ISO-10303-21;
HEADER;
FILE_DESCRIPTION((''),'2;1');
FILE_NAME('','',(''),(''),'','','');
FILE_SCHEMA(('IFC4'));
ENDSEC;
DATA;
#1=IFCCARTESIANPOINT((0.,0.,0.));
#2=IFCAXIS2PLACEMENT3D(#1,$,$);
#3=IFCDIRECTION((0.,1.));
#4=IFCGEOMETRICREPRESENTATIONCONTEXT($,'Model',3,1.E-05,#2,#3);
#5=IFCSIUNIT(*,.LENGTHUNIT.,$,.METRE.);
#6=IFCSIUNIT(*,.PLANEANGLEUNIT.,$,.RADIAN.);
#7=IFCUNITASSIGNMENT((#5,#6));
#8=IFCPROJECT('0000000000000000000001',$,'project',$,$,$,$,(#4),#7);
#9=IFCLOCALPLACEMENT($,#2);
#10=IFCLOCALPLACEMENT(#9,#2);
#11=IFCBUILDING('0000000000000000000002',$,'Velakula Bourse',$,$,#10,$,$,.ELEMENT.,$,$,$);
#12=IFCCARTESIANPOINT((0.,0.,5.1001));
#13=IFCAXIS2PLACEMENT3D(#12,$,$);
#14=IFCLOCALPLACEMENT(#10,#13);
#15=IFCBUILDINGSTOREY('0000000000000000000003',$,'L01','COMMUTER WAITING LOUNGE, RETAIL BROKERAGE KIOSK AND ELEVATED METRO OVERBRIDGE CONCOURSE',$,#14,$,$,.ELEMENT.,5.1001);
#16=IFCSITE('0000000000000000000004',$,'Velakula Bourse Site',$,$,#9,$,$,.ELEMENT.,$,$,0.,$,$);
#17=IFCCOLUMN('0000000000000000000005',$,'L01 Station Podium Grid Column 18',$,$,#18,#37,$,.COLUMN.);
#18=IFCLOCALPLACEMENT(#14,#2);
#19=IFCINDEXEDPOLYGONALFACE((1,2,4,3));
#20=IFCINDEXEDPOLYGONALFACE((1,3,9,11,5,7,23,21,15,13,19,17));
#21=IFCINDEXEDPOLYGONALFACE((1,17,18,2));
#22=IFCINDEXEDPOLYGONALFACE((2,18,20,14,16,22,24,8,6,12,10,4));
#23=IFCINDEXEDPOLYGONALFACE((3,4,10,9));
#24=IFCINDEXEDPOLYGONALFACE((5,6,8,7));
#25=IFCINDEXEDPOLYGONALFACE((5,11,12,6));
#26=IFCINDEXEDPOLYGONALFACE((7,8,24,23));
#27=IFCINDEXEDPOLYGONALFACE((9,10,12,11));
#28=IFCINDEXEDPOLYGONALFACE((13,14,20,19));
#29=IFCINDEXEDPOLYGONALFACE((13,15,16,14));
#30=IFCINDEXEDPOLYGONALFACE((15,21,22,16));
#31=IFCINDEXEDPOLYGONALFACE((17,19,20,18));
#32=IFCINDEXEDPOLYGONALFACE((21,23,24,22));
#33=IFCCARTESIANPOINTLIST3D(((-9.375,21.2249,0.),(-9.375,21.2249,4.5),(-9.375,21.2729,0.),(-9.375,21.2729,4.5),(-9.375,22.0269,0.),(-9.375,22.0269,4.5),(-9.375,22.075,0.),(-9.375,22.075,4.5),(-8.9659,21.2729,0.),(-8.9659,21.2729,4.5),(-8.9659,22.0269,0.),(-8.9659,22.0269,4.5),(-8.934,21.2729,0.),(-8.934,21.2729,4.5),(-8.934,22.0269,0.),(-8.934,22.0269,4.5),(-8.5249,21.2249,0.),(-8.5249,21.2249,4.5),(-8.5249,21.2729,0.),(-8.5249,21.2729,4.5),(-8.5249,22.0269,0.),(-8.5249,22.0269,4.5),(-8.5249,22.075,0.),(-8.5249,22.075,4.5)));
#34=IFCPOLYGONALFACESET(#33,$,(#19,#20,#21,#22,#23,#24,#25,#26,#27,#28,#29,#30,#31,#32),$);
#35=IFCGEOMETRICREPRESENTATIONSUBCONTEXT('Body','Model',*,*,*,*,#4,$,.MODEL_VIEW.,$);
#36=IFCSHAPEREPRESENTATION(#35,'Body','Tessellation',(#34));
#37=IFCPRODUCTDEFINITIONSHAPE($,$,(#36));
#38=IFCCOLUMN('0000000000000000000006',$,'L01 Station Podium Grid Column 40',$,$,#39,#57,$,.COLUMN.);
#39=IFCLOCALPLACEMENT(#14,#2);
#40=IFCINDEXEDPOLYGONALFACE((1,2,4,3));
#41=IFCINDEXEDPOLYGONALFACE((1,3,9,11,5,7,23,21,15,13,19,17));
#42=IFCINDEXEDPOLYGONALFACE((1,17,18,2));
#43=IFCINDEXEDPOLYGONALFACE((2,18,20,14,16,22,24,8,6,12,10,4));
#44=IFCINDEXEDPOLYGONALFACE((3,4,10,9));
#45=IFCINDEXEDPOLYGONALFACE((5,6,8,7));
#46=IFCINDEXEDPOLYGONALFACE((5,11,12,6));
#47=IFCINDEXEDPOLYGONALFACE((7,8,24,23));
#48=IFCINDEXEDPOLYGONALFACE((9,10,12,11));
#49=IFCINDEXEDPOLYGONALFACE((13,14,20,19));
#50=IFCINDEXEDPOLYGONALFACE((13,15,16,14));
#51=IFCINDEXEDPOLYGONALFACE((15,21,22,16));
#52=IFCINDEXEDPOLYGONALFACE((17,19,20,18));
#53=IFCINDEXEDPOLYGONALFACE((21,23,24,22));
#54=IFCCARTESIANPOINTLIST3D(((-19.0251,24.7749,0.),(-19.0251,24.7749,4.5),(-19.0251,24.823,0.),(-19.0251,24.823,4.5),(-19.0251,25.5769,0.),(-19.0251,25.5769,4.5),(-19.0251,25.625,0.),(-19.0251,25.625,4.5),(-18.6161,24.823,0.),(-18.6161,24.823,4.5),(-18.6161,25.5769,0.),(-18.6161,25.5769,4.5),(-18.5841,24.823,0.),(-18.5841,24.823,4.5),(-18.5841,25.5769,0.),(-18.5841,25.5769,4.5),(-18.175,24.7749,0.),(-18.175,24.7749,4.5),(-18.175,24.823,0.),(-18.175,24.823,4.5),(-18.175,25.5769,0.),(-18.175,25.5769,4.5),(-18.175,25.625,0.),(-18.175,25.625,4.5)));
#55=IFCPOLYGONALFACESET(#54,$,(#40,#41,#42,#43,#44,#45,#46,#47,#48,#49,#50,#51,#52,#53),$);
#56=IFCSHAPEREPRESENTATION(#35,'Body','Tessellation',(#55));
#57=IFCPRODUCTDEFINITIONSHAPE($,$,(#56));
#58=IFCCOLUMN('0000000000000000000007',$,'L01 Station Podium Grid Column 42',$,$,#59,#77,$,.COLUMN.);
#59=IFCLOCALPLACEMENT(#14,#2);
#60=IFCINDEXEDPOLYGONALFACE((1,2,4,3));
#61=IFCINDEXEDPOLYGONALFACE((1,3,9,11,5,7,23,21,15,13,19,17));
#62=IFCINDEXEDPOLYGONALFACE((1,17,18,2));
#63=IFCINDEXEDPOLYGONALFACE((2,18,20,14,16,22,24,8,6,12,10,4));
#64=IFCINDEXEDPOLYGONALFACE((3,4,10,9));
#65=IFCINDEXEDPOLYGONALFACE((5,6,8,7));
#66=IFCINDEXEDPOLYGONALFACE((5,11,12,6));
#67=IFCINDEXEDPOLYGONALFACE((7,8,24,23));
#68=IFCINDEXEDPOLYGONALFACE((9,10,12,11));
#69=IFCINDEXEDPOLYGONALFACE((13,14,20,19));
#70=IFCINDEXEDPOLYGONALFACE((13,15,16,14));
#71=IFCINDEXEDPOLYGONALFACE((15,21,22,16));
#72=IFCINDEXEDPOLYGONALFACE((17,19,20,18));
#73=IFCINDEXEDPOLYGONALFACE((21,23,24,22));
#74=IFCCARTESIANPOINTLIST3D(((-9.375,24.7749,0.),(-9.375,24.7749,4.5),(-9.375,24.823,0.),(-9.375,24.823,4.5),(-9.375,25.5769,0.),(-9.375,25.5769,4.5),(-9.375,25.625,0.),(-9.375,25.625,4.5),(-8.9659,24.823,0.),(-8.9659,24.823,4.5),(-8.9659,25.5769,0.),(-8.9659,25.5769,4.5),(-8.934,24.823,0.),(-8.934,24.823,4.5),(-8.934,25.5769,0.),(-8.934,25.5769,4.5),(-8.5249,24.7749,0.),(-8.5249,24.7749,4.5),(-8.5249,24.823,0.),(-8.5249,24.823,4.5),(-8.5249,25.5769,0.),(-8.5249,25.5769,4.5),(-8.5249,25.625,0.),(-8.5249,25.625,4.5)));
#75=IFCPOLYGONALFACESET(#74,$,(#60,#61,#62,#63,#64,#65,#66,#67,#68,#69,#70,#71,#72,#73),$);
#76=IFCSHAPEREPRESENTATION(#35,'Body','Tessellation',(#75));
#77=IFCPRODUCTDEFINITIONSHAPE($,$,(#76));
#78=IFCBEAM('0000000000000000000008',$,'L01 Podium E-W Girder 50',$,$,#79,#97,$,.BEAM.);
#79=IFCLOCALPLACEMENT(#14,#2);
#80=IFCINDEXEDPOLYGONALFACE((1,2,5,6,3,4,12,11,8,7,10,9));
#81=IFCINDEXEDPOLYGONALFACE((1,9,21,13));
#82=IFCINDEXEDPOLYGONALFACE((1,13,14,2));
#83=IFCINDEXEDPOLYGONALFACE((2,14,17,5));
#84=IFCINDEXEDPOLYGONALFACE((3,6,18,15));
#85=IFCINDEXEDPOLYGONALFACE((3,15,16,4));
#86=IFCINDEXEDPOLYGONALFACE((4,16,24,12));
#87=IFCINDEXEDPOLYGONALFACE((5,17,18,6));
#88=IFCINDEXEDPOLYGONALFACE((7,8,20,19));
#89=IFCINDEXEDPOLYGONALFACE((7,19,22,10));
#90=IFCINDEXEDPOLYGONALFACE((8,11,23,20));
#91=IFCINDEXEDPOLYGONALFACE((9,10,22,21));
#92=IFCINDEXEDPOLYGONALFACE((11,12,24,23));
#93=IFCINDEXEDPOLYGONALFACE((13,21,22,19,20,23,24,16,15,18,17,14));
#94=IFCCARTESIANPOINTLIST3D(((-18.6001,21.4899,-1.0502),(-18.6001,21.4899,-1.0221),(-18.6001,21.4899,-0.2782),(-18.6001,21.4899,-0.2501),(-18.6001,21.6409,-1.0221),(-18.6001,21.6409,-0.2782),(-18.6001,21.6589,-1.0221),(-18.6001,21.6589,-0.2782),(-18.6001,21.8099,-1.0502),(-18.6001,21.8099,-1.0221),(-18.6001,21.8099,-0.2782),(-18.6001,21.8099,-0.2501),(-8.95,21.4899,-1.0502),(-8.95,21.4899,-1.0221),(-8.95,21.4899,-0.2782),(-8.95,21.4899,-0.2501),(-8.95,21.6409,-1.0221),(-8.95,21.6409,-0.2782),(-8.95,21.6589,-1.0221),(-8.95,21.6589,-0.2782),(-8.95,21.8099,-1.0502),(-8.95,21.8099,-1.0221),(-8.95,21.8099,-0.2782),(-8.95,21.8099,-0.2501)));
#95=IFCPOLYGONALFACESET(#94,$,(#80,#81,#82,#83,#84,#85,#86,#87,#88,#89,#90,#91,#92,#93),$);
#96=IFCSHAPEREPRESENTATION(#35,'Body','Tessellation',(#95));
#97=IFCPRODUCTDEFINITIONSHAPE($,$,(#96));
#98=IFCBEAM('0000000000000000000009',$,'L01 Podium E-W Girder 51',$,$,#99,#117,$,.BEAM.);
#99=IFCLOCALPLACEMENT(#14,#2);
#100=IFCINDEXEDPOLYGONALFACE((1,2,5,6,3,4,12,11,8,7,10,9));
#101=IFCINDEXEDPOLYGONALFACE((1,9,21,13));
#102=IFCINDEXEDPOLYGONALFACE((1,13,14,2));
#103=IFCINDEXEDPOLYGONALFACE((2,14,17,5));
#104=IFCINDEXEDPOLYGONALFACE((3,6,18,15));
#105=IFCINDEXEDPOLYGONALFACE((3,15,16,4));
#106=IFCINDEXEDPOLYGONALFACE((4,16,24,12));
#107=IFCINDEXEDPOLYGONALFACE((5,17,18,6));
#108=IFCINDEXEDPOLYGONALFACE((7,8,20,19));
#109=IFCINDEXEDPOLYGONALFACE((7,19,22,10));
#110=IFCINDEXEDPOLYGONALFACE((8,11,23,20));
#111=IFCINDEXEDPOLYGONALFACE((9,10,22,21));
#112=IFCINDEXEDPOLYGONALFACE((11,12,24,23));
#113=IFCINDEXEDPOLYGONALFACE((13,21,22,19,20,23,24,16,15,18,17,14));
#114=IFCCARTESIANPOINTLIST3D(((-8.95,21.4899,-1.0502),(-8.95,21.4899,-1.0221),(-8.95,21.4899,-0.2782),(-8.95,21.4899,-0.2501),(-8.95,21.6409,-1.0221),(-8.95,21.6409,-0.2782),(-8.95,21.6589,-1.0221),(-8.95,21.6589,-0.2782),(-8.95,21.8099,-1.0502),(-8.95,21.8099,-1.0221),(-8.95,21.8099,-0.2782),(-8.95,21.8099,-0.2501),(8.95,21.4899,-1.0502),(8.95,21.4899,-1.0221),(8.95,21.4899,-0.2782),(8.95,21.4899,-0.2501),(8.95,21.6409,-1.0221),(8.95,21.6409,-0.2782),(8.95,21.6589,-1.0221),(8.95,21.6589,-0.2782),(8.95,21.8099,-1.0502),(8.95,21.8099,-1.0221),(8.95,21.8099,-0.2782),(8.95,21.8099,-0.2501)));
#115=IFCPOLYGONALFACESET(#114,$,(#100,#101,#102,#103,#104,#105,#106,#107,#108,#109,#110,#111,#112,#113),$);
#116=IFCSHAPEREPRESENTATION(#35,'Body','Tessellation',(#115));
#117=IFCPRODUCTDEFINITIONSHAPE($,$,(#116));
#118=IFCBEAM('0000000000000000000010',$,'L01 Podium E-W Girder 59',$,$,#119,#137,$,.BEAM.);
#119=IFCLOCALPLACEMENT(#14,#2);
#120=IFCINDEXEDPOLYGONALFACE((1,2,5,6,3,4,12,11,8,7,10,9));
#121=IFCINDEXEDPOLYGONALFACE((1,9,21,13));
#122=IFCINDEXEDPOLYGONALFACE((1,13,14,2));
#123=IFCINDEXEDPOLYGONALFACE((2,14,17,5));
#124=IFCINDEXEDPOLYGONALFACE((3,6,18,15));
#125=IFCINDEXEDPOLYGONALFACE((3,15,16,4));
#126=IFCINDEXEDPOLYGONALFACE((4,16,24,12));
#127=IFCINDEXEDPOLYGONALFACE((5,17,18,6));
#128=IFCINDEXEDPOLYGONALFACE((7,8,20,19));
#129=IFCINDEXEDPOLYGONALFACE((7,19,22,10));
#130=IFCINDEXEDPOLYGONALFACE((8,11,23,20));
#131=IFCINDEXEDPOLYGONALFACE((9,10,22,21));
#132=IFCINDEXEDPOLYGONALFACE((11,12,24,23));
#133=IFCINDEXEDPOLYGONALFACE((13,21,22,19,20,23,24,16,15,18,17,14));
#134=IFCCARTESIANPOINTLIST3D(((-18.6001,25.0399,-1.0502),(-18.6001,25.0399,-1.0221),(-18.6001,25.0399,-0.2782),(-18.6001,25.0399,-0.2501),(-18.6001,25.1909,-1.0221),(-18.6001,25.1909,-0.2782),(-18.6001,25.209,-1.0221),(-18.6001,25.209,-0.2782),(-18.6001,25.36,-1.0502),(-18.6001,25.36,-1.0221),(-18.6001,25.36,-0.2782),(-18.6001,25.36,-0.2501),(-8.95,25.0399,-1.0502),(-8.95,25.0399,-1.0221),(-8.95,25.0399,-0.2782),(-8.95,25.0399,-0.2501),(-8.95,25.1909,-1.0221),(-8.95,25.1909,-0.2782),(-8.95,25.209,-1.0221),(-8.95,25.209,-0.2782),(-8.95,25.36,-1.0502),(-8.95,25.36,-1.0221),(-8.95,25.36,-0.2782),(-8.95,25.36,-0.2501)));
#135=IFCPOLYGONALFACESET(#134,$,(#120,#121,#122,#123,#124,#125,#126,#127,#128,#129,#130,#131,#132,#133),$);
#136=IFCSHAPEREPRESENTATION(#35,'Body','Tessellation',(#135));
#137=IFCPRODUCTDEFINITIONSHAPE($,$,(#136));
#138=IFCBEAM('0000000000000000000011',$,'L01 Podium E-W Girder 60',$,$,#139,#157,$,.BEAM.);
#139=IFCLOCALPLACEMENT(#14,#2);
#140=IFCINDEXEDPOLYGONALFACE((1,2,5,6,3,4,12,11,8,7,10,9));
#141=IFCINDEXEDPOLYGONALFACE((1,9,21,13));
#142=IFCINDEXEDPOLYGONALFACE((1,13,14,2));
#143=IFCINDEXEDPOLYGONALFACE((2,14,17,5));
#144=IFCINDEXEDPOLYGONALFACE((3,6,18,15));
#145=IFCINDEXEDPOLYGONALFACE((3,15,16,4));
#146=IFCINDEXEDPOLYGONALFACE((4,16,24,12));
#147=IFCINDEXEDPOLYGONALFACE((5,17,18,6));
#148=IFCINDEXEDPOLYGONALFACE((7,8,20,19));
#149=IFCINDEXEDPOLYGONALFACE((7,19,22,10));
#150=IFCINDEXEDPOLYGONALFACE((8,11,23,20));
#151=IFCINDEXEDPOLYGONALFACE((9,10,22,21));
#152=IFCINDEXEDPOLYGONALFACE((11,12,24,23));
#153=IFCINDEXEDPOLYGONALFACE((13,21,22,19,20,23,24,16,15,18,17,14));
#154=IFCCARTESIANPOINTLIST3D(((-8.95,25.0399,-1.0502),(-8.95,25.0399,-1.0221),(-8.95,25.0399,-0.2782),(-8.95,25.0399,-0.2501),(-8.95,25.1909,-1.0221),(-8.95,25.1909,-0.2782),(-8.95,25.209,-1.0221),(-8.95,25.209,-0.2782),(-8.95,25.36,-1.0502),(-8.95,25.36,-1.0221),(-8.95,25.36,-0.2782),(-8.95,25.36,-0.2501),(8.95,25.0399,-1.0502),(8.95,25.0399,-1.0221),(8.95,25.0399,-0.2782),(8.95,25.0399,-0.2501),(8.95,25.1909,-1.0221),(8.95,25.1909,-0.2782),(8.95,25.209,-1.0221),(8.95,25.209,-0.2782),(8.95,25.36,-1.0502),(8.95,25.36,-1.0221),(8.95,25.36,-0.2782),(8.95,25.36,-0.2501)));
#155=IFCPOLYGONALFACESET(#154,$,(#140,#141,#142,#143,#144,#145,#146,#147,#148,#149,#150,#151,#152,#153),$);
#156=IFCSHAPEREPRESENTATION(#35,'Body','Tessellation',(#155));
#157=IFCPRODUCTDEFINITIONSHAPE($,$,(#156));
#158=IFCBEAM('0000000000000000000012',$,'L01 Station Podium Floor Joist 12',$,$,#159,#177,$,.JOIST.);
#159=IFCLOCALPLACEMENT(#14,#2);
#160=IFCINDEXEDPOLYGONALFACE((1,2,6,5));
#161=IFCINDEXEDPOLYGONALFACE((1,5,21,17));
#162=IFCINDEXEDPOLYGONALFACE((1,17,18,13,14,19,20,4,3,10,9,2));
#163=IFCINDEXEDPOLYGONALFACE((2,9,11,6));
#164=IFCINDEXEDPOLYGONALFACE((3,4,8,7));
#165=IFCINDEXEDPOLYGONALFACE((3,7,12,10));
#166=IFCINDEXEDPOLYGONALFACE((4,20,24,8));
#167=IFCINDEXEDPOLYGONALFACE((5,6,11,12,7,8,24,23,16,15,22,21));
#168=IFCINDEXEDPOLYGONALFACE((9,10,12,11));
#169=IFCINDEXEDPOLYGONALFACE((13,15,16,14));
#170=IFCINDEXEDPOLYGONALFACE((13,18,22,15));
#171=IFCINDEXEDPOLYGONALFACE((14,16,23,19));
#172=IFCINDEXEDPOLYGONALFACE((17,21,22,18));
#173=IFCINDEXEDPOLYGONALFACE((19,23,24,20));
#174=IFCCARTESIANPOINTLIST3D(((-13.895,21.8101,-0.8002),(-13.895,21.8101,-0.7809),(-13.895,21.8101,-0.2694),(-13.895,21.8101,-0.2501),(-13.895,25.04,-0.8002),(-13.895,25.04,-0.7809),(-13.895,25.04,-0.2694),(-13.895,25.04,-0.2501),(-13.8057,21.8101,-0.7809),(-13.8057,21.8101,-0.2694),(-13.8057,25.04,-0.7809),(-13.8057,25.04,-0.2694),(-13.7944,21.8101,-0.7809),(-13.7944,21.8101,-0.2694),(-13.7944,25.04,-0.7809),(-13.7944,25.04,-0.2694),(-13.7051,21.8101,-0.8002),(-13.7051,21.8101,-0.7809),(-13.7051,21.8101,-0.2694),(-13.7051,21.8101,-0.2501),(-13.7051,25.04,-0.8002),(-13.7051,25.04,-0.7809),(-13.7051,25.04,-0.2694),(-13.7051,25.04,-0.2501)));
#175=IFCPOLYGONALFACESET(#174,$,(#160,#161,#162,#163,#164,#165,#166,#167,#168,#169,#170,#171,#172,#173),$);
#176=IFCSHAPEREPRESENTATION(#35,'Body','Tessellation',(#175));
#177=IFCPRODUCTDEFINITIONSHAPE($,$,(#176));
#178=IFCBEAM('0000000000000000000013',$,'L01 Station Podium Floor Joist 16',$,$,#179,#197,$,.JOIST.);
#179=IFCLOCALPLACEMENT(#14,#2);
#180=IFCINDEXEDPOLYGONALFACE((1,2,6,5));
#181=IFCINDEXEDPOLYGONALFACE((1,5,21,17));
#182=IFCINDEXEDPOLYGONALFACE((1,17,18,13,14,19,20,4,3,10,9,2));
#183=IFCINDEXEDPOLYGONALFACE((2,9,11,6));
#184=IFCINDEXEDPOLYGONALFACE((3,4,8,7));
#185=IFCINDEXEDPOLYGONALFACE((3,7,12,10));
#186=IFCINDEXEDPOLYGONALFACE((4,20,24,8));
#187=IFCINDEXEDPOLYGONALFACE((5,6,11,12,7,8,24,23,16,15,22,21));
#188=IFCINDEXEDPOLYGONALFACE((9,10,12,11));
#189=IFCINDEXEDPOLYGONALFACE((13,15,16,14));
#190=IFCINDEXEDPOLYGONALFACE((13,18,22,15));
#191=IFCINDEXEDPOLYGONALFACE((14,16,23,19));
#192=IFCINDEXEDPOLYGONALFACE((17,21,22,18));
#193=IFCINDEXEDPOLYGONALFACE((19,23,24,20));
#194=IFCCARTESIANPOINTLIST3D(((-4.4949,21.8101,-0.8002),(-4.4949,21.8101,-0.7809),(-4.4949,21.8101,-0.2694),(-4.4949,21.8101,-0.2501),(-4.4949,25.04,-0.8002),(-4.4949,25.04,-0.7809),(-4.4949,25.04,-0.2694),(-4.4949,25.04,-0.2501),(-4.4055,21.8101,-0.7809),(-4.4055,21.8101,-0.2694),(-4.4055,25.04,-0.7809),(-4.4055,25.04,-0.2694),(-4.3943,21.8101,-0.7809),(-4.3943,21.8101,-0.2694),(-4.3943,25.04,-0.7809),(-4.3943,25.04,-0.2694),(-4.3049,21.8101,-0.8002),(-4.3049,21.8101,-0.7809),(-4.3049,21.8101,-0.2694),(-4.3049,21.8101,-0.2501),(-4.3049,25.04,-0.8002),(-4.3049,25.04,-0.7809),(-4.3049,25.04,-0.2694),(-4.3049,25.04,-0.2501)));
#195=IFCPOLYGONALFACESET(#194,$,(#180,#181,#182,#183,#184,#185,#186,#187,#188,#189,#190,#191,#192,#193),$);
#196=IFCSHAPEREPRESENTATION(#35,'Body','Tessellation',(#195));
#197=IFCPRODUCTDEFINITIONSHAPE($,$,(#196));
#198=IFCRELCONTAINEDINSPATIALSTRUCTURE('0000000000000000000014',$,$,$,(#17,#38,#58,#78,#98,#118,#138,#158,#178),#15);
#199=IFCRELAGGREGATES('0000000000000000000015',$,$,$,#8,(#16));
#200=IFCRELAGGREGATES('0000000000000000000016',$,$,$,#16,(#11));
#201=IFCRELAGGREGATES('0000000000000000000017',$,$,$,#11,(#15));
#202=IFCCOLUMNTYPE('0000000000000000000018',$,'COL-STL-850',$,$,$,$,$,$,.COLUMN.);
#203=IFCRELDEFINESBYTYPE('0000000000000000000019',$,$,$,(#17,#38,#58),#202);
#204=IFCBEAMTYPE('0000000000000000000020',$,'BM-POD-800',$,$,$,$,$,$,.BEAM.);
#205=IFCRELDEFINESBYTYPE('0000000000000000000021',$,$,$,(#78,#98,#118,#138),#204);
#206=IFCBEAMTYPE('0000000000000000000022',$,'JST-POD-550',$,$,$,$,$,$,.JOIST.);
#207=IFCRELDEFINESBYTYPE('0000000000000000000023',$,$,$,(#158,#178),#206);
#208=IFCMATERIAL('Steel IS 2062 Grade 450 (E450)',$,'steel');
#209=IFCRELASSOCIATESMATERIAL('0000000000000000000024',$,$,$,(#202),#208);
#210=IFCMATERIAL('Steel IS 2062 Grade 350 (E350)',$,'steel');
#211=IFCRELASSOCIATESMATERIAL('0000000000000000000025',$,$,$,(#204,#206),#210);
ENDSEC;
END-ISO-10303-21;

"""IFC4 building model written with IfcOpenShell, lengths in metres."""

from ifc_helpers import new_model, si_unit, direction, frame, origin, origin_2d, place, context, subcontext, project, spatial, i_section, extrude, material, material_profile, profile_set, type_object, element, save


model = new_model("IFC4")

# Units and contexts
model_context = context("Model", 3, precision=1e-05, world=origin(), true_north=direction((0.0, 1.0)))
body_context = subcontext(model_context, "Body", "Model", "MODEL_VIEW")
ifc_project = project(units=[si_unit("LENGTHUNIT", "METRE"), si_unit("PLANEANGLEUNIT", "RADIAN")], contexts=[model_context])

# Site, building, storey
site_placement = place(None, origin())
site = spatial("IfcSite", under=ifc_project, at=site_placement, Name="Velakula Bourse Site", CompositionType="ELEMENT", RefElevation=0.0)
building_placement = place(site_placement, origin())
building = spatial("IfcBuilding", under=site, at=building_placement, Name="Velakula Bourse", CompositionType="ELEMENT")
storey_placement = place(building_placement, frame((0.0, 0.0, 5.1001)))
storey = spatial("IfcBuildingStorey", under=building, at=storey_placement, Name="L01", Description="COMMUTER WAITING LOUNGE, RETAIL BROKERAGE KIOSK AND ELEVATED METRO OVERBRIDGE CONCOURSE", CompositionType="ELEMENT", Elevation=5.1001)

# Columns
ifc_material_1 = material(Name="Steel IS 2062 Grade 450 (E450)", Category="steel")
ifc_material_profile_1 = material_profile(ifc_material_1, i_section(OverallWidth=0.8501, OverallDepth=0.8501, WebThickness=0.032, FlangeThickness=0.0481, at=origin_2d()), Name="Steel IS 2062 Grade 450 (E450)")
ifc_profile_set_1 = profile_set([ifc_material_profile_1], Name="Steel IS 2062 Grade 450 (E450)")
column_type = type_object("IfcColumnType", Name="COL-STL-850", PredefinedType="COLUMN", material=ifc_profile_set_1)
for number, where, z_axis, x_axis, name in (
    (1, (-8.95, 21.6499, 0.0), (0.0, 0.0, 1.0), (1.0, 0.0, 0.0), "L01 Station Podium Grid Column 18"),
    (2, (-18.6001, 25.2, 0.0), (0.0, 0.0, 1.0), (1.0, 0.0, 0.0), "L01 Station Podium Grid Column 40"),
    (3, (-8.95, 25.2, 0.0), (0.0, 0.0, 1.0), (1.0, 0.0, 0.0), "L01 Station Podium Grid Column 42"),
):
    element("IfcColumn", number, at=place(storey_placement, frame(where, z_axis=z_axis, x_axis=x_axis)), inside=storey, type_object=column_type, Name=name, PredefinedType="COLUMN", context=body_context, shape_type="SweptSolid", body=[
        extrude(i_section(OverallWidth=0.8501, OverallDepth=0.8501, WebThickness=0.032, FlangeThickness=0.0481, at=origin_2d()), origin(), (0.0, 0.0, 1.0), 4.5),
    ])

# Beams
ifc_material_2 = material(Name="Steel IS 2062 Grade 350 (E350)", Category="steel")
ifc_material_profile_2 = material_profile(ifc_material_2, i_section(OverallWidth=0.3201, OverallDepth=0.8, WebThickness=0.0181, FlangeThickness=0.0281, at=origin_2d()), Name="Steel IS 2062 Grade 350 (E350)")
ifc_profile_set_2 = profile_set([ifc_material_profile_2], Name="Steel IS 2062 Grade 350 (E350)")
beam_type_1 = type_object("IfcBeamType", Name="BM-POD-800", PredefinedType="BEAM", material=ifc_profile_set_2)
beam_1_placement = place(storey_placement, frame((-18.6001, 21.6499, -0.6501), z_axis=(1.0, 0.0, 0.0), x_axis=(0.0, 1.0, 0.0)))
element("IfcBeam", 4, at=beam_1_placement, inside=storey, type_object=beam_type_1, Name="L01 Podium E-W Girder 50", PredefinedType="BEAM", context=body_context, shape_type="SweptSolid", body=[
    extrude(i_section(OverallWidth=0.3201, OverallDepth=0.8, WebThickness=0.0181, FlangeThickness=0.0281, at=origin_2d()), origin(), (0.0, 0.0, 1.0), 9.6501),
])
beam_2_placement = place(storey_placement, frame((-8.95, 21.6499, -0.6501), z_axis=(1.0, 0.0, 0.0), x_axis=(0.0, 1.0, 0.0)))
element("IfcBeam", 5, at=beam_2_placement, inside=storey, type_object=beam_type_1, Name="L01 Podium E-W Girder 51", PredefinedType="BEAM", context=body_context, shape_type="SweptSolid", body=[
    extrude(i_section(OverallWidth=0.3201, OverallDepth=0.8, WebThickness=0.0181, FlangeThickness=0.0281, at=origin_2d()), origin(), (0.0, 0.0, 1.0), 17.8999),
])
beam_3_placement = place(storey_placement, frame((-18.6001, 25.2, -0.6501), z_axis=(1.0, 0.0, 0.0), x_axis=(0.0, 1.0, 0.0)))
element("IfcBeam", 6, at=beam_3_placement, inside=storey, type_object=beam_type_1, Name="L01 Podium E-W Girder 59", PredefinedType="BEAM", context=body_context, shape_type="SweptSolid", body=[
    extrude(i_section(OverallWidth=0.3201, OverallDepth=0.8, WebThickness=0.0181, FlangeThickness=0.0281, at=origin_2d()), origin(), (0.0, 0.0, 1.0), 9.6501),
])
beam_4_placement = place(storey_placement, frame((-8.95, 25.2, -0.6501), z_axis=(1.0, 0.0, 0.0), x_axis=(0.0, 1.0, 0.0)))
element("IfcBeam", 7, at=beam_4_placement, inside=storey, type_object=beam_type_1, Name="L01 Podium E-W Girder 60", PredefinedType="BEAM", context=body_context, shape_type="SweptSolid", body=[
    extrude(i_section(OverallWidth=0.3201, OverallDepth=0.8, WebThickness=0.0181, FlangeThickness=0.0281, at=origin_2d()), origin(), (0.0, 0.0, 1.0), 17.8999),
])
ifc_material_profile_3 = material_profile(ifc_material_2, i_section(OverallWidth=0.1899, OverallDepth=0.55, WebThickness=0.0112, FlangeThickness=0.0193, at=origin_2d()), Name="Steel IS 2062 Grade 350 (E350)")
ifc_profile_set_3 = profile_set([ifc_material_profile_3], Name="Steel IS 2062 Grade 350 (E350)")
beam_type_2 = type_object("IfcBeamType", Name="JST-POD-550", PredefinedType="JOIST", material=ifc_profile_set_3)
for number, where, z_axis, x_axis, name in (
    (8, (-13.8, 21.8101, -0.5251), (0.0, 1.0, 0.0), (-1.0, 0.0, 0.0), "L01 Station Podium Floor Joist 12"),
    (9, (-4.3999, 21.8101, -0.5251), (0.0, 1.0, 0.0), (-1.0, 0.0, 0.0), "L01 Station Podium Floor Joist 16"),
):
    element("IfcBeam", number, at=place(storey_placement, frame(where, z_axis=z_axis, x_axis=x_axis)), inside=storey, type_object=beam_type_2, Name=name, PredefinedType="JOIST", context=body_context, shape_type="SweptSolid", body=[
        extrude(i_section(OverallWidth=0.1899, OverallDepth=0.55, WebThickness=0.0112, FlangeThickness=0.0193, at=origin_2d()), origin(), (0.0, 0.0, 1.0), 3.23),
    ])

save(model, "model.ifc")
